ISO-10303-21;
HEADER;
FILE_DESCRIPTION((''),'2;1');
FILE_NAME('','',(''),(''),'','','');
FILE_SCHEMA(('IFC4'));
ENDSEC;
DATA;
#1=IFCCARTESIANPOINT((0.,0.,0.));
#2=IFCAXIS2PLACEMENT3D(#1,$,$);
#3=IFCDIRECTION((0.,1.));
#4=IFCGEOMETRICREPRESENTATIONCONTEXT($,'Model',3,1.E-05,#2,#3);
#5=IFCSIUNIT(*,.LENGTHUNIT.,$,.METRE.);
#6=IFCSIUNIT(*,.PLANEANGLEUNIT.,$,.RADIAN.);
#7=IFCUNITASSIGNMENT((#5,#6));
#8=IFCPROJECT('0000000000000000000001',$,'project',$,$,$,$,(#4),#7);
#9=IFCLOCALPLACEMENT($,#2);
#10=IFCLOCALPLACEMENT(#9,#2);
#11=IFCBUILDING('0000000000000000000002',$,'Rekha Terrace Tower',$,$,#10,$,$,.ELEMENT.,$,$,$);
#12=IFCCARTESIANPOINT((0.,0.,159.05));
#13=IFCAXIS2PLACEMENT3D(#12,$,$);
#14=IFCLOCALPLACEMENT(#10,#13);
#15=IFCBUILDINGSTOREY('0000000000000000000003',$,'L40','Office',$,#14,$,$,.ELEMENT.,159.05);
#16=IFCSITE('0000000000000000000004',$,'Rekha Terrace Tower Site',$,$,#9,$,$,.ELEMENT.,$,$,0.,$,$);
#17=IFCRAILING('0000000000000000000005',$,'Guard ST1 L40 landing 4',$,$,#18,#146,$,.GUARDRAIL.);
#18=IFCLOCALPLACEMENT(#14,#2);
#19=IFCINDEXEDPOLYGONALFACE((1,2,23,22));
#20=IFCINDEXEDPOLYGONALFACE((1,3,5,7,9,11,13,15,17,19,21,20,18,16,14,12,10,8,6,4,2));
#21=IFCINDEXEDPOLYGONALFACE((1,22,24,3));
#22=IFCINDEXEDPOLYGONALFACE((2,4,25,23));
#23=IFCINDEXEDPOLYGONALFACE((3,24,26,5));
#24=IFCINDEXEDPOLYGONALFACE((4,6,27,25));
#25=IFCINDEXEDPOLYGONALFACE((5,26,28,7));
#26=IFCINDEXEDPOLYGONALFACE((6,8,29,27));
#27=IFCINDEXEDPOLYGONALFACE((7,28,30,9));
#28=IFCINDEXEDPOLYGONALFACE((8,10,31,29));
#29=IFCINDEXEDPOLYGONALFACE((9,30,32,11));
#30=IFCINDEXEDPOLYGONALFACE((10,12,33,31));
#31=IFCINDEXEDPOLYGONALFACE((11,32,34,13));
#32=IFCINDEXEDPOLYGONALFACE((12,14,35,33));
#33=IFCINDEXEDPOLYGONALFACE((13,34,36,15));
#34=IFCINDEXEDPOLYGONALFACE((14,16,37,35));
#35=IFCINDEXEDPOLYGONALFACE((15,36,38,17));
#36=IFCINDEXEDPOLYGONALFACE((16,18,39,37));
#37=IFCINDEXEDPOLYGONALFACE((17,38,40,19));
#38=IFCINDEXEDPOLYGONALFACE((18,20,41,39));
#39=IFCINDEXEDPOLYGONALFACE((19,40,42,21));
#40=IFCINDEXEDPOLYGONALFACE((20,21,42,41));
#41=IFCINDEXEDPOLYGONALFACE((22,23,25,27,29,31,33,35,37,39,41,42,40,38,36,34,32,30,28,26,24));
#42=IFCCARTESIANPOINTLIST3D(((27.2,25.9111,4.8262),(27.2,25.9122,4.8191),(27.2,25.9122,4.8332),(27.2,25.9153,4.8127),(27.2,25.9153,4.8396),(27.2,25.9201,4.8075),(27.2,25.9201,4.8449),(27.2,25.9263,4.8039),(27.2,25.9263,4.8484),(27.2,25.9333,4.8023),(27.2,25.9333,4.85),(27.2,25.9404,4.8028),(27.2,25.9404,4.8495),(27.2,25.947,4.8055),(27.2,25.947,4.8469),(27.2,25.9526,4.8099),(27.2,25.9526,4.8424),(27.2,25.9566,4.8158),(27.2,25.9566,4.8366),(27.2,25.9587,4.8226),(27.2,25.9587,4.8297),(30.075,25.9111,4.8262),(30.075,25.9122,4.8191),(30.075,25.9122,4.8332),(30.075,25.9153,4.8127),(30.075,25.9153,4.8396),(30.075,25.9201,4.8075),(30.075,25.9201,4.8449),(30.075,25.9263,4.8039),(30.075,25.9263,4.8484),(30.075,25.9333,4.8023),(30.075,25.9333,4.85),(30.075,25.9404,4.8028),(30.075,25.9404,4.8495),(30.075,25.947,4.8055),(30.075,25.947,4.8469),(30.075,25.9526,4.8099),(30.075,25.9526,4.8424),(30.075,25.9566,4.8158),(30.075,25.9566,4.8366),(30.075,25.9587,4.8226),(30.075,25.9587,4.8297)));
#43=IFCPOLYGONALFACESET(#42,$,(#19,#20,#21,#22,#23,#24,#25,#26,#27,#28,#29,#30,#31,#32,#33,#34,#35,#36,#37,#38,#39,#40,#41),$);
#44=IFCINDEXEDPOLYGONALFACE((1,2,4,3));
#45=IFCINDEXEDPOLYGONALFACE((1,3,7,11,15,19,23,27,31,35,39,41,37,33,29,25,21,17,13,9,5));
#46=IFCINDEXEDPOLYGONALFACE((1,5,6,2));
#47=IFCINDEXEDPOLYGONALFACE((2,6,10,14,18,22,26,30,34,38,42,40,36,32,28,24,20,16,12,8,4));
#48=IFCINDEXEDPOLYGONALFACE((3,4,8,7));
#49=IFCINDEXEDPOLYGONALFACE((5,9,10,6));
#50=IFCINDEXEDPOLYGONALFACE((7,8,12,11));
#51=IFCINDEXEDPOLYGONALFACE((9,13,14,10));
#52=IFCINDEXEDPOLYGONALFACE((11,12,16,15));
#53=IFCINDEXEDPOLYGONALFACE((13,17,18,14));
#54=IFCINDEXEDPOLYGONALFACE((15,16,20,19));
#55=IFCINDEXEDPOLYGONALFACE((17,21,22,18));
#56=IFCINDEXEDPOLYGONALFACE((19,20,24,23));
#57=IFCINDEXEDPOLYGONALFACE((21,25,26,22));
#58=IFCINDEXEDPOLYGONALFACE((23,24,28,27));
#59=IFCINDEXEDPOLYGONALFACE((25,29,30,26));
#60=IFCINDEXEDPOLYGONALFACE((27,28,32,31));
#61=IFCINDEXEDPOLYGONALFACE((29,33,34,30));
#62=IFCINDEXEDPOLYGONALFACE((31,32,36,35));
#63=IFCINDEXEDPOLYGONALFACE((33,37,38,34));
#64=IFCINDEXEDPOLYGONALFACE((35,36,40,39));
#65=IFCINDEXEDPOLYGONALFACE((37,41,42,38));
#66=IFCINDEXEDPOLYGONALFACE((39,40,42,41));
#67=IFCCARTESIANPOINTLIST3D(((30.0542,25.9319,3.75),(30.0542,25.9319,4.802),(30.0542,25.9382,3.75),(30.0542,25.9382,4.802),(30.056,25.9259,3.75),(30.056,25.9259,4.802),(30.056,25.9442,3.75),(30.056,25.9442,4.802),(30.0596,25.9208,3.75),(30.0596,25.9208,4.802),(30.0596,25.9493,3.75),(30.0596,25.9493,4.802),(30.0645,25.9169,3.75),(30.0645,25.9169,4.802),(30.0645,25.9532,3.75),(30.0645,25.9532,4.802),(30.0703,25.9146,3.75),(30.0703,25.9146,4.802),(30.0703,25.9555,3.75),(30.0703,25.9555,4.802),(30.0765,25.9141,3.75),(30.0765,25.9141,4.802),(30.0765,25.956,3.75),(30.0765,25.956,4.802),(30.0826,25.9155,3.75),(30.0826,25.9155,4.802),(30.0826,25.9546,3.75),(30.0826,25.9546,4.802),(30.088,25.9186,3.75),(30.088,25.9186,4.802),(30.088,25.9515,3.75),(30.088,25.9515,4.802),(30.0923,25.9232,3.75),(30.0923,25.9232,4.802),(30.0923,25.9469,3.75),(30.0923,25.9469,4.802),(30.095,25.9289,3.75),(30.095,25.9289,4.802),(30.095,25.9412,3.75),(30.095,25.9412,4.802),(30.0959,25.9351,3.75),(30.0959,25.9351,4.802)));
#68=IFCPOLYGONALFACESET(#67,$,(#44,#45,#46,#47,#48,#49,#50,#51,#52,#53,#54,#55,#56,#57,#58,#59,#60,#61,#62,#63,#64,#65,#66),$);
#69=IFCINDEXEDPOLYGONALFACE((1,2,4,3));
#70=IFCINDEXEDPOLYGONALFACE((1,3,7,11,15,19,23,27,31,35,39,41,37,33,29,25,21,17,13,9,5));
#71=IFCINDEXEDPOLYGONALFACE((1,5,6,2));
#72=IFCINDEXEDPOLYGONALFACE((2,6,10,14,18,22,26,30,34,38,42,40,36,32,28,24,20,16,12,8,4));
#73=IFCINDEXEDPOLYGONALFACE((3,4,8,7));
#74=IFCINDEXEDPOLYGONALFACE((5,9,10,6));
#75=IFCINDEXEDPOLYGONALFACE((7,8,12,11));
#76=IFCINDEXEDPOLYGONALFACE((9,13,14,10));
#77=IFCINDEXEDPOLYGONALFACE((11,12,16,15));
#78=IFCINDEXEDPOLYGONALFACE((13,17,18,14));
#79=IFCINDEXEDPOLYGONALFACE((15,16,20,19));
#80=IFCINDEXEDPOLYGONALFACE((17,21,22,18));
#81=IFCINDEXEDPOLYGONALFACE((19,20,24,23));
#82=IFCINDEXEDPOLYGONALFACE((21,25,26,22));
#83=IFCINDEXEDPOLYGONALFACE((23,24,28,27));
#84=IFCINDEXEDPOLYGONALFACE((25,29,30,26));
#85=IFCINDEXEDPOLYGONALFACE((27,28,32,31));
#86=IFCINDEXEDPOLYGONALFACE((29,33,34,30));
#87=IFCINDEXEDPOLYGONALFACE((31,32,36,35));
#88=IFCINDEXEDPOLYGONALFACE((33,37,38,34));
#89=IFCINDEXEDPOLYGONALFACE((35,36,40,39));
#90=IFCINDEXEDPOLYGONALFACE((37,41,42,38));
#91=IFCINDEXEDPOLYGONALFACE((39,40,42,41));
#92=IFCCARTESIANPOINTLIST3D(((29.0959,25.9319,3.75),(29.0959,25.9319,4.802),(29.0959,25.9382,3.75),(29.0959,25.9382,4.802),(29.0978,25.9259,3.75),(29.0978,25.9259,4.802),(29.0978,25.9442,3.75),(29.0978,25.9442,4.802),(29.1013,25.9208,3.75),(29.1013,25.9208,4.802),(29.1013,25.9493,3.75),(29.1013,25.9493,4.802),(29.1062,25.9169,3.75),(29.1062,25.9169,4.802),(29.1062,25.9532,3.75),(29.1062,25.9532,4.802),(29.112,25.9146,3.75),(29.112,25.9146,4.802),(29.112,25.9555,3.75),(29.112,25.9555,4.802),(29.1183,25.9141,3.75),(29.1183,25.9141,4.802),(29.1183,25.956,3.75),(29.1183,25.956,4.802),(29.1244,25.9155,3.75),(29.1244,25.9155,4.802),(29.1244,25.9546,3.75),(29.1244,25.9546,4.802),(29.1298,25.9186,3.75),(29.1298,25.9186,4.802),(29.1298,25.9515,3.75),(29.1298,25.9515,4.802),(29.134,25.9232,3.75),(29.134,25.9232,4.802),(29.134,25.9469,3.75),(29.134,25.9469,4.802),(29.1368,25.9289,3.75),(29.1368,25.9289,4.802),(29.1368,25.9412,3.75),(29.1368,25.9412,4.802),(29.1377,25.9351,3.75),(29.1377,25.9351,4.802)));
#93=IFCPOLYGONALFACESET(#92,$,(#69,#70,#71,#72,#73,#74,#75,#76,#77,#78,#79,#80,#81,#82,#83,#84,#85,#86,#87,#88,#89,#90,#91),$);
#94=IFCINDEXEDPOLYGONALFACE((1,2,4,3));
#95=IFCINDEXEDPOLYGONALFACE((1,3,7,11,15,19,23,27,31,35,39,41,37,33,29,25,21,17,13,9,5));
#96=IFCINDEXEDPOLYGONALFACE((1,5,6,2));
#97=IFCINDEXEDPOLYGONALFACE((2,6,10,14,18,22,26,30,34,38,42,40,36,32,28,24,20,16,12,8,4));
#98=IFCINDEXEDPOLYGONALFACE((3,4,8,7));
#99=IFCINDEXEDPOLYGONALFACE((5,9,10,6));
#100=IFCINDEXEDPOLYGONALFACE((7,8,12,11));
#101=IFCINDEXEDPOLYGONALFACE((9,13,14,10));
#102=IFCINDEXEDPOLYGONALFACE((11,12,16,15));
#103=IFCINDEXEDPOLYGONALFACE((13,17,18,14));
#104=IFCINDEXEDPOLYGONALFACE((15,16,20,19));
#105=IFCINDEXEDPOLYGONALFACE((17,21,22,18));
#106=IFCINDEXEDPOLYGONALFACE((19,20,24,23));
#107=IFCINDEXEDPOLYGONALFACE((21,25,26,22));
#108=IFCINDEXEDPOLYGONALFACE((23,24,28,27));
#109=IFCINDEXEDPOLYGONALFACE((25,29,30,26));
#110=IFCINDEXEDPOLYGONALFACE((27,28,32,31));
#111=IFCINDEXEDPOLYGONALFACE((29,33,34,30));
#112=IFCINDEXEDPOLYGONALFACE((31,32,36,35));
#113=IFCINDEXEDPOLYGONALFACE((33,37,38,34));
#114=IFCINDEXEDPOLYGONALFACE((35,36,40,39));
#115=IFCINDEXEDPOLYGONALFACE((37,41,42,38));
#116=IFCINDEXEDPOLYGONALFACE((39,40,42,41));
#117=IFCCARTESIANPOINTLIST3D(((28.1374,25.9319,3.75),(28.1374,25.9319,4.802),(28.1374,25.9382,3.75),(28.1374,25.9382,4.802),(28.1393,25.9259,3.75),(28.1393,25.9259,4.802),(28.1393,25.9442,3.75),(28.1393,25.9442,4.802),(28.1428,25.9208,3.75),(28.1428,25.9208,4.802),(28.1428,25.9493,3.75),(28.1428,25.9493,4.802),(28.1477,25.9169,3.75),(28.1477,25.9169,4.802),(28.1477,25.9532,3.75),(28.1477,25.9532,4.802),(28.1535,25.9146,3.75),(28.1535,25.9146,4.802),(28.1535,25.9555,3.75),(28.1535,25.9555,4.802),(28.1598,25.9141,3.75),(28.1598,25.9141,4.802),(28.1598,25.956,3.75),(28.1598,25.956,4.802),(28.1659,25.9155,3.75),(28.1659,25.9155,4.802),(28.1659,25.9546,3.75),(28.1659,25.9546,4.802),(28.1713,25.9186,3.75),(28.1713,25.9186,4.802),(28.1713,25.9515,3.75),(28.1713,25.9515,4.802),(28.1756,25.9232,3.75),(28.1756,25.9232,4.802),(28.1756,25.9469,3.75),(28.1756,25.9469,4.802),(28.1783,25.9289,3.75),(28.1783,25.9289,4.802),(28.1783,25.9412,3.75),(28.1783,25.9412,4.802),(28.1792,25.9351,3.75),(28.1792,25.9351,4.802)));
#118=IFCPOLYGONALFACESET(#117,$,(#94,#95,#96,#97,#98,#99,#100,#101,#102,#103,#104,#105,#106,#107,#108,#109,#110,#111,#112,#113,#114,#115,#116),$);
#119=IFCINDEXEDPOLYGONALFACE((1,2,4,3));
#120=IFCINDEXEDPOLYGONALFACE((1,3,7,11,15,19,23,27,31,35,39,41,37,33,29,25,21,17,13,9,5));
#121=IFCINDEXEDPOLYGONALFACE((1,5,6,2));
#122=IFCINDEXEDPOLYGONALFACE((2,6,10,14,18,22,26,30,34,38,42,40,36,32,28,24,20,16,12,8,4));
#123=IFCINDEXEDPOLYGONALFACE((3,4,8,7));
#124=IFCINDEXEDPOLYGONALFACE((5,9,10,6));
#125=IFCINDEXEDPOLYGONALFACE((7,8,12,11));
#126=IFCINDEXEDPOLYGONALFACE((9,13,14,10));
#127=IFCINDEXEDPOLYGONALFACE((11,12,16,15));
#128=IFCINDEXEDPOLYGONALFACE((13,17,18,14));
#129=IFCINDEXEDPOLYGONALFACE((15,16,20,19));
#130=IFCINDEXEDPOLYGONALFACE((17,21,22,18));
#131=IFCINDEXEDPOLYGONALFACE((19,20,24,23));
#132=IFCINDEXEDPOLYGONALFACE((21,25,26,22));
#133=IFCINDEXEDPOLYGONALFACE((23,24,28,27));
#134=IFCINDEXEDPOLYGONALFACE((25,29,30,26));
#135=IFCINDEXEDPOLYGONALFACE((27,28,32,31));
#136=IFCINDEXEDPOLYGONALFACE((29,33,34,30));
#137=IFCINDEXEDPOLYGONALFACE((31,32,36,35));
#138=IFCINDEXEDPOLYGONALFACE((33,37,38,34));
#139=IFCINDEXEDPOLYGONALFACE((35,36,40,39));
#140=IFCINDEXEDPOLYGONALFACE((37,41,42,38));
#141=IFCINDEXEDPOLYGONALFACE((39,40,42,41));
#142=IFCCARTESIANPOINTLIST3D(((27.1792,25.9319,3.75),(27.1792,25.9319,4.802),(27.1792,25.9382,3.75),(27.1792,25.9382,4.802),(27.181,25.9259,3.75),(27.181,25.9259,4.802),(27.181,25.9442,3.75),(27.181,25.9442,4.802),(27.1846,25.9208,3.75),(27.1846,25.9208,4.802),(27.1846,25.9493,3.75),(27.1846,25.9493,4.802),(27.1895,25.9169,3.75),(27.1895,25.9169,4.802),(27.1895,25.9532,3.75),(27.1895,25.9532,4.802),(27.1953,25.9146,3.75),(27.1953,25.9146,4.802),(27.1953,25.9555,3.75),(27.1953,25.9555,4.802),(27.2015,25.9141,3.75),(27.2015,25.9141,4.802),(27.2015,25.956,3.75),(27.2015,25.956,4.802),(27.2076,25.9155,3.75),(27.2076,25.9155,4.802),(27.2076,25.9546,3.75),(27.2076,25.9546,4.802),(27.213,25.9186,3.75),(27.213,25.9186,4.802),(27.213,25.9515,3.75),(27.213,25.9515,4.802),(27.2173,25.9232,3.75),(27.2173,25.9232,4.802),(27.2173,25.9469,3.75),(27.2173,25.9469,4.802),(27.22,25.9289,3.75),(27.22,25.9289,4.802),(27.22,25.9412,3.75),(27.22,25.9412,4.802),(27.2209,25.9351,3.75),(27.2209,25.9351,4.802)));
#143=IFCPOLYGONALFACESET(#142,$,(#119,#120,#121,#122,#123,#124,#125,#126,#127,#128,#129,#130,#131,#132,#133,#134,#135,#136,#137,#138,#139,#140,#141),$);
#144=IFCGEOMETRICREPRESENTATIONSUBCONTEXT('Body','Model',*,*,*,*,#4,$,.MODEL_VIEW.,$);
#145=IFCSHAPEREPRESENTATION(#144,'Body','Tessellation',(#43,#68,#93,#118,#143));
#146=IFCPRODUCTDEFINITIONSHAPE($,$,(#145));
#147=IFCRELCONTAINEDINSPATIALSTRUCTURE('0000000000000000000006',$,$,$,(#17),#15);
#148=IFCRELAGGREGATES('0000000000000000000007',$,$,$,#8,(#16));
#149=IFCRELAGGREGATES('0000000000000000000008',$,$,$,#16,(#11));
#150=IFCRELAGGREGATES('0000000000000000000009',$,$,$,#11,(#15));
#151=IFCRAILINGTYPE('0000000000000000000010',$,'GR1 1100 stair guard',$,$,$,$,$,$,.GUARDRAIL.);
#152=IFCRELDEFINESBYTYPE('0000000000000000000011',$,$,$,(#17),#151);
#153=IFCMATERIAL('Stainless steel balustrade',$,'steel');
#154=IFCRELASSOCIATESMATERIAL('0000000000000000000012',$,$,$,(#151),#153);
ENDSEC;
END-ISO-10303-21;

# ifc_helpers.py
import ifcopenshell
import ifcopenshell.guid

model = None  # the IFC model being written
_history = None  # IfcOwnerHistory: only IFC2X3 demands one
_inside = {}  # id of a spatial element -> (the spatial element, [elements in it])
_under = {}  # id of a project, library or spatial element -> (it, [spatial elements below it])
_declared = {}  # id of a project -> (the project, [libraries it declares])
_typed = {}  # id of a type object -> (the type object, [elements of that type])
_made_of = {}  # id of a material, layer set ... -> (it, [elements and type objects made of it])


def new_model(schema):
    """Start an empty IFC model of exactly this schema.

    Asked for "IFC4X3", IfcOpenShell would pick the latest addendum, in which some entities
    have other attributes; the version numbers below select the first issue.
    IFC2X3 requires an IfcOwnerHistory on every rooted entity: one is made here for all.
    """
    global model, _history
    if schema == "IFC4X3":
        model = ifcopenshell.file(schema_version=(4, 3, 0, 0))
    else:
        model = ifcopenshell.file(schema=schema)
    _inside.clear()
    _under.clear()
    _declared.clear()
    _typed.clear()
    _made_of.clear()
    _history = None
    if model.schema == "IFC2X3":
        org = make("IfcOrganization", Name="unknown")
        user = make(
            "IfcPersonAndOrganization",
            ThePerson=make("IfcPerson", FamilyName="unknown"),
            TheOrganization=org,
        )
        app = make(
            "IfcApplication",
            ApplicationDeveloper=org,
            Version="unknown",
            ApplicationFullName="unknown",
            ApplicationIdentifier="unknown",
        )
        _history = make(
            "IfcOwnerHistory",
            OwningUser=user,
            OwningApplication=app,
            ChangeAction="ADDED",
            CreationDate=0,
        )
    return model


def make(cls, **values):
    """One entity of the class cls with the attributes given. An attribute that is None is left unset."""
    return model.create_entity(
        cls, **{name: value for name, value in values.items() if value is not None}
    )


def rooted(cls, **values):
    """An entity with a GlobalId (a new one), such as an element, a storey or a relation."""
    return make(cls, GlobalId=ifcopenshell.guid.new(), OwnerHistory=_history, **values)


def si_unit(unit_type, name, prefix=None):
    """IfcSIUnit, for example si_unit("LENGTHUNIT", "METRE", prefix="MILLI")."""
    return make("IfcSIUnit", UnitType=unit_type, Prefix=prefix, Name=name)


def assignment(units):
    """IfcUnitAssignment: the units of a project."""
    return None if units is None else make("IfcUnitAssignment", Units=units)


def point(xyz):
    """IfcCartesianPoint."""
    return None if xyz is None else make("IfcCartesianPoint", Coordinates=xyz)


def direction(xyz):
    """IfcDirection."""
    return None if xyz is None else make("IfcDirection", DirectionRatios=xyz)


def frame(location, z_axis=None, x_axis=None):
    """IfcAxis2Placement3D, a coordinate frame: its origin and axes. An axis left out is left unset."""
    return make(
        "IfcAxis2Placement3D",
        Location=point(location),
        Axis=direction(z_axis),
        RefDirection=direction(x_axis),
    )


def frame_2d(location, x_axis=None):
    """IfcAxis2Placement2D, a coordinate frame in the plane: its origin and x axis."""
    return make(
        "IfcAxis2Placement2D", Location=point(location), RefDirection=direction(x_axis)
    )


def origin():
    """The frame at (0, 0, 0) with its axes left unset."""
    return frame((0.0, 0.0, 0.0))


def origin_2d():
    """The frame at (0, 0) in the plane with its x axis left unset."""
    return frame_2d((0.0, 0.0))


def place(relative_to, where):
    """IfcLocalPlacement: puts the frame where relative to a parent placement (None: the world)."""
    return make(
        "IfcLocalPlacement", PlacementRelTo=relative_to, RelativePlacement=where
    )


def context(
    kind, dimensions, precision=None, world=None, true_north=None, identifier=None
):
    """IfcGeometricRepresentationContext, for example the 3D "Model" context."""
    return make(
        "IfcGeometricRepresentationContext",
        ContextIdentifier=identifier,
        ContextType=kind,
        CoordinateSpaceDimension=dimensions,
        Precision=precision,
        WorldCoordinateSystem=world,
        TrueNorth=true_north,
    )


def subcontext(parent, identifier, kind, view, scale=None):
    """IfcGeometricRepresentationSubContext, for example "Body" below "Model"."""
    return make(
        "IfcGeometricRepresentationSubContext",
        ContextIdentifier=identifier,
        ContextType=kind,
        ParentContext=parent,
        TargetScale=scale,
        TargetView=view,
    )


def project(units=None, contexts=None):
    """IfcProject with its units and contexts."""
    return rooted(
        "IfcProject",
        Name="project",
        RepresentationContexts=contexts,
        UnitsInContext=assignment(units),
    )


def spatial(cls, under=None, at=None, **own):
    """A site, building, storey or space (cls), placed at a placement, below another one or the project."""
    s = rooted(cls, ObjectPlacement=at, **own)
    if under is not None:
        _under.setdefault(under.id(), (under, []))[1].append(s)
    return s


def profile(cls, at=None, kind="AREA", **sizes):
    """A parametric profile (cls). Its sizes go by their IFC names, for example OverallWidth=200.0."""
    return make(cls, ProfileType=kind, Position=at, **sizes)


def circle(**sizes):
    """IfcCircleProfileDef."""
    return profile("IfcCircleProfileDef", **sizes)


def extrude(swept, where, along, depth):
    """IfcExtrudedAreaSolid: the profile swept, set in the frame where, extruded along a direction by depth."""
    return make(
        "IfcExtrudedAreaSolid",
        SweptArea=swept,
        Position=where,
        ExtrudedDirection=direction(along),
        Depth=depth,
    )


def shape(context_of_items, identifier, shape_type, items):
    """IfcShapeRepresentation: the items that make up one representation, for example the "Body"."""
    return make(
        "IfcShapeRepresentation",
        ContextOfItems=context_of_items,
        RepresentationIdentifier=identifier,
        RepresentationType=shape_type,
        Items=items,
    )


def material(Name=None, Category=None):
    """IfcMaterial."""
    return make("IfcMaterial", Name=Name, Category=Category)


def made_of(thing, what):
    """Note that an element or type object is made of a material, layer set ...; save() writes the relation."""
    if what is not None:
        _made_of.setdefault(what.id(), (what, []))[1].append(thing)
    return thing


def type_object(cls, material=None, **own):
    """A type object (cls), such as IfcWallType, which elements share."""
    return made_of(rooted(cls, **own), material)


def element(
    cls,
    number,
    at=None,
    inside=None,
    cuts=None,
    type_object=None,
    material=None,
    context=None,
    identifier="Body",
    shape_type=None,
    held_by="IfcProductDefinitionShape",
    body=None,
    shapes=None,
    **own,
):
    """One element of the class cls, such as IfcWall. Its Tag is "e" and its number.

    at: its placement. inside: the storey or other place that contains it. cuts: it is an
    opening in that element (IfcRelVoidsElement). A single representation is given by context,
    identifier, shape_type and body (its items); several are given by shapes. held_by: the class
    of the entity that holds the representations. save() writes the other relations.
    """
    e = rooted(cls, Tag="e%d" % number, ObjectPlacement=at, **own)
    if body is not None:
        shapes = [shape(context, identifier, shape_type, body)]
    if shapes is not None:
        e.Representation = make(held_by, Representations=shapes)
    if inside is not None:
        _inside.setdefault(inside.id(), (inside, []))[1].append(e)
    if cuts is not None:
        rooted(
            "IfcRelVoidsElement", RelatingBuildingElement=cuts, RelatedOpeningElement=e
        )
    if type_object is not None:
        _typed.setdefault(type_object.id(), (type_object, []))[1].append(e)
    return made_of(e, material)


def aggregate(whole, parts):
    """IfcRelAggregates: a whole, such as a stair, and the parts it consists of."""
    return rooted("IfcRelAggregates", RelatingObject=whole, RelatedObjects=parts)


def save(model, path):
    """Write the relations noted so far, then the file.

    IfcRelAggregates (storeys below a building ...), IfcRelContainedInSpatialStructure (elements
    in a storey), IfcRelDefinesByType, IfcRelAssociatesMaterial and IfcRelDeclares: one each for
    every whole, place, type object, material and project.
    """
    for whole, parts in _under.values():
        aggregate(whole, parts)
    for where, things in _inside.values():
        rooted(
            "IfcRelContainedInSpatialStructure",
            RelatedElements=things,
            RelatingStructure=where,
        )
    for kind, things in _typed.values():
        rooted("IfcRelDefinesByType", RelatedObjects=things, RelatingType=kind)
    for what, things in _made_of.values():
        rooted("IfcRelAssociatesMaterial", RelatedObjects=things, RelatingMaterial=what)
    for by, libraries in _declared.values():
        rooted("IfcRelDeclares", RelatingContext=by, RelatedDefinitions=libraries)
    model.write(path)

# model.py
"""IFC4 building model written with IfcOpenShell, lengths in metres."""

from ifc_helpers import new_model, si_unit, direction, frame, origin, origin_2d, place, context, subcontext, project, spatial, circle, extrude, material, type_object, element, save


model = new_model("IFC4")

# Units and contexts
model_context = context("Model", 3, precision=1e-05, world=origin(), true_north=direction((0.0, 1.0)))
body_context = subcontext(model_context, "Body", "Model", "MODEL_VIEW")
ifc_project = project(units=[si_unit("LENGTHUNIT", "METRE"), si_unit("PLANEANGLEUNIT", "RADIAN")], contexts=[model_context])

# Site, building, storey
site_placement = place(None, origin())
site = spatial("IfcSite", under=ifc_project, at=site_placement, Name="Rekha Terrace Tower Site", CompositionType="ELEMENT", RefElevation=0.0)
building_placement = place(site_placement, origin())
building = spatial("IfcBuilding", under=site, at=building_placement, Name="Rekha Terrace Tower", CompositionType="ELEMENT")
storey_placement = place(building_placement, frame((0.0, 0.0, 159.05)))
storey = spatial("IfcBuildingStorey", under=building, at=storey_placement, Name="L40", Description="Office", CompositionType="ELEMENT", Elevation=159.05)

# Railing
ifc_material_1 = material(Name="Stainless steel balustrade", Category="steel")
railing_type_1 = type_object("IfcRailingType", Name="GR1 1100 stair guard", PredefinedType="GUARDRAIL", material=ifc_material_1)
railing_1_placement = place(storey_placement, frame((30.075, 25.9351, 3.75)))
element("IfcRailing", 1, at=railing_1_placement, inside=storey, type_object=railing_type_1, Name="Guard ST1 L40 landing 4", PredefinedType="GUARDRAIL", context=body_context, shape_type="SweptSolid", body=[
    extrude(circle(Radius=0.0239, at=origin_2d()), frame((0.0, 0.0, 1.0762), z_axis=(-1.0, 0.0, 0.0), x_axis=(0.0, -1.0, 0.0)), (0.0, 0.0, 1.0), 2.875),
    extrude(circle(Radius=0.021, at=origin_2d()), origin(), (0.0, 0.0, 1.0), 1.052),
    extrude(circle(Radius=0.021, at=origin_2d()), frame((-0.9583, 0.0, 0.0)), (0.0, 0.0, 1.0), 1.052),
    extrude(circle(Radius=0.021, at=origin_2d()), frame((-1.9167, 0.0, 0.0)), (0.0, 0.0, 1.0), 1.052),
    extrude(circle(Radius=0.021, at=origin_2d()), frame((-2.875, 0.0, 0.0)), (0.0, 0.0, 1.0), 1.052),
])

save(model, "model.ifc")
